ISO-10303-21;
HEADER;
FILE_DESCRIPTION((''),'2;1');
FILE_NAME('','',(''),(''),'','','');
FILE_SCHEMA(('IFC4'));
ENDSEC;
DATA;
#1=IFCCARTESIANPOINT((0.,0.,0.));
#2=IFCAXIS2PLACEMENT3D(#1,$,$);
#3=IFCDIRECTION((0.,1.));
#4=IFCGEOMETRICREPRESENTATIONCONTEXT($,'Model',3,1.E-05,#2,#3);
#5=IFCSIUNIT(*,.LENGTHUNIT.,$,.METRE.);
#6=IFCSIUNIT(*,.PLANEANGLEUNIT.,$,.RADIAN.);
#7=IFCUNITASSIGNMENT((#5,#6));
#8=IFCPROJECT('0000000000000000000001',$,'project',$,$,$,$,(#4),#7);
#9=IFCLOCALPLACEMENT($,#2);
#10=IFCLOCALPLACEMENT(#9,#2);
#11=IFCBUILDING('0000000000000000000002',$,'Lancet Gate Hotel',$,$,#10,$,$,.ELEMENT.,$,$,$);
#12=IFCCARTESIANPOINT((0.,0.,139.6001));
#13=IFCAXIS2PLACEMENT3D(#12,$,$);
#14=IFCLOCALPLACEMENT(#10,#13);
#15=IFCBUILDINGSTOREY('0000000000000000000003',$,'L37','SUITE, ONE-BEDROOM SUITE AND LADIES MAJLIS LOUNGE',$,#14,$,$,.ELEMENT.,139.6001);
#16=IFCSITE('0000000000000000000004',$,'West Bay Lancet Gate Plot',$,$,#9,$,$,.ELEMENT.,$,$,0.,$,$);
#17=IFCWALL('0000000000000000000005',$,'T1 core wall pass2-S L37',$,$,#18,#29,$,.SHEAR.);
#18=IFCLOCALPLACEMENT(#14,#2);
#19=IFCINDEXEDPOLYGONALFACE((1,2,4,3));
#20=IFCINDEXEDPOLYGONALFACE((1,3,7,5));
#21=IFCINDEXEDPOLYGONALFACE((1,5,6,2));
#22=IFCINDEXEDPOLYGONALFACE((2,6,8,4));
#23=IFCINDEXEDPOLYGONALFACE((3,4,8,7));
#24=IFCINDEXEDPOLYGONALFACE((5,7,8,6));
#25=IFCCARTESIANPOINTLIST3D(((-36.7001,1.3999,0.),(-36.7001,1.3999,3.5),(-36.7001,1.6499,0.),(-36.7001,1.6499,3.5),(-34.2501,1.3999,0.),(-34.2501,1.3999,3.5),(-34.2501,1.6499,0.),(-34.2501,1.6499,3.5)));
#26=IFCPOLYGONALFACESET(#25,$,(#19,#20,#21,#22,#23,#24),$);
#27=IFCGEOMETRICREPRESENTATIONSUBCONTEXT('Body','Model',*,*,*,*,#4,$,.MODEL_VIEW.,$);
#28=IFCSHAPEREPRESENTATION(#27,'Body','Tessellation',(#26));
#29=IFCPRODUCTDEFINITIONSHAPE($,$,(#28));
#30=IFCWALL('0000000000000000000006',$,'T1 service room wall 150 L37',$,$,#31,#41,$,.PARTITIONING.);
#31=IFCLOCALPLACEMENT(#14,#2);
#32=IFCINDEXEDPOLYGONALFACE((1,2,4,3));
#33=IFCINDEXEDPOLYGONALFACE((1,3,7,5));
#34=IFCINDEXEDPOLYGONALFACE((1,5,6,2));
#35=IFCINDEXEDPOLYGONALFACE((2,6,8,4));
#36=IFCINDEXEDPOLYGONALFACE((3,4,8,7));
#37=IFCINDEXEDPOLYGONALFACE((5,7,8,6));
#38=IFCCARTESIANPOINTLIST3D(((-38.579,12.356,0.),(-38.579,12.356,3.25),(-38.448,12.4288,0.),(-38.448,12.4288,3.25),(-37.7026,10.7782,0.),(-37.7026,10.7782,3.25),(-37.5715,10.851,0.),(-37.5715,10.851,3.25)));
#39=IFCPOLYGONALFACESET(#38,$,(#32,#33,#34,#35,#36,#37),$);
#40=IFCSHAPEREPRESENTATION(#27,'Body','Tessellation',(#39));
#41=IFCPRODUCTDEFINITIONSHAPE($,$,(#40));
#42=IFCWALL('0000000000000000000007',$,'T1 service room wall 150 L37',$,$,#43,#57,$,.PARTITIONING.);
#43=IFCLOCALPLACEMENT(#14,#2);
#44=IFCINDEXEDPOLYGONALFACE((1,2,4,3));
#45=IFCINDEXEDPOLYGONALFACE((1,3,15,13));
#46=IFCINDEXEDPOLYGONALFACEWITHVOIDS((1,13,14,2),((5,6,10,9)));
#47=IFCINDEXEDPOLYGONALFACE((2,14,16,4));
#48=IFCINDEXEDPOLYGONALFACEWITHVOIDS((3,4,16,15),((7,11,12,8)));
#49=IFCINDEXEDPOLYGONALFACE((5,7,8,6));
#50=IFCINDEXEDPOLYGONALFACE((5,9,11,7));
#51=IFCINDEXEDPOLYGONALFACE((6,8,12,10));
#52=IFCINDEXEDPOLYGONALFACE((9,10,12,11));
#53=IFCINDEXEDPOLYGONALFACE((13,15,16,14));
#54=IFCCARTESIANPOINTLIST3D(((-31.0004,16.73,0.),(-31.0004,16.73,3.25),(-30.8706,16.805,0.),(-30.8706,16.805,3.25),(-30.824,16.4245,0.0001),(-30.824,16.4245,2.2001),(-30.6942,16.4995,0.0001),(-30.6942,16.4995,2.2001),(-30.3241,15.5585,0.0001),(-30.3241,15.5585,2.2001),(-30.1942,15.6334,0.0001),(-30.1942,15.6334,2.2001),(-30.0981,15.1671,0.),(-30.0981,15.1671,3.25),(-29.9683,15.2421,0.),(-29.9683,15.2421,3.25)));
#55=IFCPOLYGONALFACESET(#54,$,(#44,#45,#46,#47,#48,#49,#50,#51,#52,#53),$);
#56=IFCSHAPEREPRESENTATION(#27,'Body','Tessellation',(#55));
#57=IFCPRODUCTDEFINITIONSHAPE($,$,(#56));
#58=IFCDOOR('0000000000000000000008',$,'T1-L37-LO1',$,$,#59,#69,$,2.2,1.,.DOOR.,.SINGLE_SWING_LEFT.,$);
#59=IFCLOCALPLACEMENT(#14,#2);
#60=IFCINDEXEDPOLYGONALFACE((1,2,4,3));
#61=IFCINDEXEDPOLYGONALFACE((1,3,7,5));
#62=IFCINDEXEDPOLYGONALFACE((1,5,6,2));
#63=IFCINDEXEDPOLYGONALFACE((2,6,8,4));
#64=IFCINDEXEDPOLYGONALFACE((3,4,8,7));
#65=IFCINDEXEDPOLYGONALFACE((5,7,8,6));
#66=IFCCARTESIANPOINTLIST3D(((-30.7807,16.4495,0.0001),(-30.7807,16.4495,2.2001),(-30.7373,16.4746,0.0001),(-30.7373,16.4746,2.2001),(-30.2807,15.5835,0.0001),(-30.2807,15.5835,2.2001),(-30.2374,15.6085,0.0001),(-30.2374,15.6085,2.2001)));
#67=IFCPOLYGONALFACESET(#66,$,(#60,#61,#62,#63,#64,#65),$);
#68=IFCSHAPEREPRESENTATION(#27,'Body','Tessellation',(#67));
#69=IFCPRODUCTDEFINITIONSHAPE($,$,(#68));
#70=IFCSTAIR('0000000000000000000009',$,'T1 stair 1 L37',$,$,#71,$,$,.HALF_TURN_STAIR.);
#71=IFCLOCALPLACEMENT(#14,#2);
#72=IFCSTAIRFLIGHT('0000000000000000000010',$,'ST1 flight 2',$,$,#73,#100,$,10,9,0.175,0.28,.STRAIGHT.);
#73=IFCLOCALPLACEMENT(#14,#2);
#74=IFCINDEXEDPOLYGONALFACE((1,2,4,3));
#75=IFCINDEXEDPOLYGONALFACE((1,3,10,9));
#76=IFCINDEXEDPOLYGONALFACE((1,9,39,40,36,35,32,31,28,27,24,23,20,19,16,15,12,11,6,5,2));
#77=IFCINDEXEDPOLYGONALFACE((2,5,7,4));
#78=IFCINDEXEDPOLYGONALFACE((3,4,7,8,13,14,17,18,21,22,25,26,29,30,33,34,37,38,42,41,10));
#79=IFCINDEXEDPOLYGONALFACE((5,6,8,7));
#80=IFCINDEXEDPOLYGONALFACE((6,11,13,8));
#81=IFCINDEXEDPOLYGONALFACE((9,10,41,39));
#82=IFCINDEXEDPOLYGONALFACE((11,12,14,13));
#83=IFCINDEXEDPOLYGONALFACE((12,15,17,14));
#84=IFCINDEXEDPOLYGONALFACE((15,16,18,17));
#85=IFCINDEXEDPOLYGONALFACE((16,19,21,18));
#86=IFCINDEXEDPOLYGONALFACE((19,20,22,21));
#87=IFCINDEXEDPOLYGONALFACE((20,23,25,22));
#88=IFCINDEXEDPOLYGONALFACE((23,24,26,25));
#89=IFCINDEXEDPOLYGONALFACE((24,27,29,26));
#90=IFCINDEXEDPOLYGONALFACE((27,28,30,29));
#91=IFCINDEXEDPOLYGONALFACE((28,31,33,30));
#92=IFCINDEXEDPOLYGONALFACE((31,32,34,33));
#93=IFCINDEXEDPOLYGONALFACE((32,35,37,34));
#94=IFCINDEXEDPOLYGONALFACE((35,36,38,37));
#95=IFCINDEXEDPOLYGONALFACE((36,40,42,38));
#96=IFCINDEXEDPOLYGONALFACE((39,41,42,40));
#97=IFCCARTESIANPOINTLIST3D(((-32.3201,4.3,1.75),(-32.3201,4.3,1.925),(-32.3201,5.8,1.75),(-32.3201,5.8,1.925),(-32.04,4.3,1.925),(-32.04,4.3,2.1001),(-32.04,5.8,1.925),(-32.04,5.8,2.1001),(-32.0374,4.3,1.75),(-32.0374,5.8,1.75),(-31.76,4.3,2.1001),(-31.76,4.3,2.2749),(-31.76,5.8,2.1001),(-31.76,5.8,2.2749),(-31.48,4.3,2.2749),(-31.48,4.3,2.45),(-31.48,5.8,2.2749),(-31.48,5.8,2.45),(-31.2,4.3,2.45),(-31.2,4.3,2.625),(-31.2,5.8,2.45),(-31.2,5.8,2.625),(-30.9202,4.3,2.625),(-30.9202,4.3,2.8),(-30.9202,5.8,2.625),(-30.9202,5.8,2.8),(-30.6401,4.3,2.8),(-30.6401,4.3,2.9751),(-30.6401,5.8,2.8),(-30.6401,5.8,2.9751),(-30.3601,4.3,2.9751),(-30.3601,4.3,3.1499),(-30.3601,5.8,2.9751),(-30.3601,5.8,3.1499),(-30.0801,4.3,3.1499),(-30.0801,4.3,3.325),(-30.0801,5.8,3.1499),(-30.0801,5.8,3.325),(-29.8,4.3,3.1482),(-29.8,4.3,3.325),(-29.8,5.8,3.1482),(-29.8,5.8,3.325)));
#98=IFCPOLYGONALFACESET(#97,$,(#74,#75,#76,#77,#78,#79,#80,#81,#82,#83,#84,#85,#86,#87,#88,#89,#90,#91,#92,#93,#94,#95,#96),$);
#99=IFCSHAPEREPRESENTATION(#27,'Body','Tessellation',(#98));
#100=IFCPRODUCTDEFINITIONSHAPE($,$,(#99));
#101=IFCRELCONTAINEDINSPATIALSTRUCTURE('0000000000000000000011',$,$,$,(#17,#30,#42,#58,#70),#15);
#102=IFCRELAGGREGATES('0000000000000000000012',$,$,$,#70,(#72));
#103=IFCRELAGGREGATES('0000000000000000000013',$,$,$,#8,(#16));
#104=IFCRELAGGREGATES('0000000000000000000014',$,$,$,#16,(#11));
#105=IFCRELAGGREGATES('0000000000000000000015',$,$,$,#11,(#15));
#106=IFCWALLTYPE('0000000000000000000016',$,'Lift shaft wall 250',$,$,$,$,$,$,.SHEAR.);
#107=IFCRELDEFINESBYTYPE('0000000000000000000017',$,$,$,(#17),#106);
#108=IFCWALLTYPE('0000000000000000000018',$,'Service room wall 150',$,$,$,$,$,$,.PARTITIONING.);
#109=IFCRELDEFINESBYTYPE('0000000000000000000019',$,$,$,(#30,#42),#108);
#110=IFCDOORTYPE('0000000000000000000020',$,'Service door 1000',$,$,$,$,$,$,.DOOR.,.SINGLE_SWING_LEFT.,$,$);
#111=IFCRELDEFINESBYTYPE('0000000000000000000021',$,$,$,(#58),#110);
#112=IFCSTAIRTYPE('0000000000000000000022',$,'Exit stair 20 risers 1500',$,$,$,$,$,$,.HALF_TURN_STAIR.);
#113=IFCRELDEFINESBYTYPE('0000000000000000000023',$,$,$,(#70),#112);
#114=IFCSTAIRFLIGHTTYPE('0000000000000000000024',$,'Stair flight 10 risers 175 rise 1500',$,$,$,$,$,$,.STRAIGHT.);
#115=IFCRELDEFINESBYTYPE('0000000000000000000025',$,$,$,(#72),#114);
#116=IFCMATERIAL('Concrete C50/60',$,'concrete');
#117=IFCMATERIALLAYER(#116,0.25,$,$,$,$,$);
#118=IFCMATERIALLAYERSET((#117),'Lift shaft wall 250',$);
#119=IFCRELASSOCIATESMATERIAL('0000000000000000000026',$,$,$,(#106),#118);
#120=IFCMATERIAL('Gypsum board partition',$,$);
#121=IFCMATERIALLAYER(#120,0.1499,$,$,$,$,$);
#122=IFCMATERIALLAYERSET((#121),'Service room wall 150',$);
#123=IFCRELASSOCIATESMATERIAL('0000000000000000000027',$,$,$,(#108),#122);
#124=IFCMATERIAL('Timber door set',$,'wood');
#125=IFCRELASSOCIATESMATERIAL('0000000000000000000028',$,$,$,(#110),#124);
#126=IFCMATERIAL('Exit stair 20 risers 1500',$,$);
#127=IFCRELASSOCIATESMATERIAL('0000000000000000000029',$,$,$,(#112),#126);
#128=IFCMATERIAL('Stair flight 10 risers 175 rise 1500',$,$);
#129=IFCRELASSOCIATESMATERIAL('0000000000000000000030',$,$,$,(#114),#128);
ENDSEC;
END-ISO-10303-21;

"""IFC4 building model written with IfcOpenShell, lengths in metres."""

from ifc_helpers import new_model, si_unit, direction, frame, frame_2d, origin, place, context, subcontext, project, spatial, polyline, rectangle, outline, extrude, material, layer, layer_set, type_object, element, fill, aggregate, save


model = new_model("IFC4")

# Units and contexts
model_context = context("Model", 3, precision=1e-05, world=origin(), true_north=direction((0.0, 1.0)))
body_context = subcontext(model_context, "Body", "Model", "MODEL_VIEW")
ifc_project = project(units=[si_unit("LENGTHUNIT", "METRE"), si_unit("PLANEANGLEUNIT", "RADIAN")], contexts=[model_context])

# Site, building, storey
site_placement = place(None, origin())
site = spatial("IfcSite", under=ifc_project, at=site_placement, Name="West Bay Lancet Gate Plot", CompositionType="ELEMENT", RefElevation=0.0)
building_placement = place(site_placement, origin())
building = spatial("IfcBuilding", under=site, at=building_placement, Name="Lancet Gate Hotel", CompositionType="ELEMENT")
storey_placement = place(building_placement, frame((0.0, 0.0, 139.6001)))
storey = spatial("IfcBuildingStorey", under=building, at=storey_placement, Name="L37", Description="SUITE, ONE-BEDROOM SUITE AND LADIES MAJLIS LOUNGE", CompositionType="ELEMENT", Elevation=139.6001)

# Shared definitions
ifc_material_1 = material(Name="Concrete C50/60", Category="concrete")
ifc_layer_1 = layer(ifc_material_1, 0.25)
ifc_layer_set_1 = layer_set([ifc_layer_1], Name="Lift shaft wall 250")
wall_type_1 = type_object("IfcWallType", Name="Lift shaft wall 250", PredefinedType="SHEAR", material=ifc_layer_set_1)

# Walls
wall_1_placement = place(storey_placement, frame((-34.25, 1.5249, 0.0), z_axis=(0.0, 0.0, 1.0), x_axis=(-1.0, 0.0, 0.0)))
element("IfcWall", 1, at=wall_1_placement, inside=storey, type_object=wall_type_1, Name="T1 core wall pass2-S L37", PredefinedType="SHEAR", context=body_context, shape_type="SweptSolid", body=[
    extrude(rectangle(XDim=2.45, YDim=0.25, at=frame_2d((1.2251, 0.0))), origin(), (0.0, 0.0, 1.0), 3.5),
])
ifc_material_2 = material(Name="Gypsum board partition")
ifc_layer_2 = layer(ifc_material_2, 0.1499)
ifc_layer_set_2 = layer_set([ifc_layer_2], Name="Service room wall 150")
wall_type_2 = type_object("IfcWallType", Name="Service room wall 150", PredefinedType="PARTITIONING", material=ifc_layer_set_2)
wall_2_placement = place(storey_placement, frame((-38.5134, 12.3923, 0.0), z_axis=(0.0, 0.0, 1.0), x_axis=(0.485586, -0.874189, 0.0)))
element("IfcWall", 2, at=wall_2_placement, inside=storey, type_object=wall_type_2, Name="T1 service room wall 150 L37", PredefinedType="PARTITIONING", context=body_context, shape_type="SweptSolid", body=[
    extrude(rectangle(XDim=1.8049, YDim=0.1499, at=frame_2d((0.9023, 0.0))), origin(), (0.0, 0.0, 1.0), 3.25),
])

# Wall, opening, door
wall_3_placement = place(storey_placement, frame((-30.0332, 15.2046, 0.0), z_axis=(0.0, 0.0, 1.0), x_axis=(-0.49998, 0.866037, 0.0)))
wall_3 = element("IfcWall", 3, at=wall_3_placement, inside=storey, type_object=wall_type_2, Name="T1 service room wall 150 L37", PredefinedType="PARTITIONING", context=body_context, shape_type="SweptSolid", body=[
    extrude(rectangle(XDim=1.8047, YDim=0.1499, at=frame_2d((0.9023, 0.0))), origin(), (0.0, 0.0, 1.0), 3.25),
])
opening_1_placement = place(wall_3_placement, frame((0.4519, 0.0, 0.0)))
opening_1 = element("IfcOpeningElement", 4, at=opening_1_placement, cuts=wall_3, PredefinedType="OPENING", context=body_context, shape_type="SweptSolid", body=[
    extrude(rectangle(XDim=1.0, YDim=2.2, at=frame_2d((0.5, 1.1001))), frame((0.0, 0.085, 0.0), z_axis=(0.0, -1.0, 0.0), x_axis=(1.0, 0.0, 0.0)), (0.0, 0.0, 1.0), 0.1699),
])
ifc_material_3 = material(Name="Timber door set", Category="wood")
door_type_1 = type_object("IfcDoorType", Name="Service door 1000", OperationType="SINGLE_SWING_LEFT", PredefinedType="DOOR", material=ifc_material_3)
door_1_placement = place(opening_1_placement, origin())
door_1 = element("IfcDoor", 5, at=door_1_placement, inside=storey, type_object=door_type_1, Name="T1-L37-LO1", OperationType="SINGLE_SWING_LEFT", OverallHeight=2.2, OverallWidth=1.0, PredefinedType="DOOR", context=body_context, shape_type="SweptSolid", body=[
    extrude(rectangle(XDim=1.0, YDim=2.2, at=frame_2d((0.5, 1.1001))), frame((0.0, 0.0249, 0.0), z_axis=(0.0, -1.0, 0.0), x_axis=(1.0, 0.0, 0.0)), (0.0, 0.0, 1.0), 0.05),
])
fill(opening_1, door_1)

# Stair, stair flight
ifc_material_4 = material(Name="Exit stair 20 risers 1500")
stair_type = type_object("IfcStairType", Name="Exit stair 20 risers 1500", PredefinedType="HALF_TURN_STAIR", material=ifc_material_4)
stair_placement = place(storey_placement, origin())
stair = element("IfcStair", 6, at=stair_placement, inside=storey, type_object=stair_type, Name="T1 stair 1 L37", PredefinedType="HALF_TURN_STAIR")
ifc_material_5 = material(Name="Stair flight 10 risers 175 rise 1500")
stair_flight_type = type_object("IfcStairFlightType", Name="Stair flight 10 risers 175 rise 1500", PredefinedType="STRAIGHT", material=ifc_material_5)
stair_flight_placement = place(storey_placement, frame((-32.3201, 5.05, 1.75), z_axis=(0.0, 0.0, 1.0), x_axis=(1.0, 0.0, 0.0)))
stair_flight = element("IfcStairFlight", 7, at=stair_flight_placement, type_object=stair_flight_type, Name="ST1 flight 2", NumberOfRisers=10, NumberOfTreads=9, PredefinedType="STRAIGHT", RiserHeight=0.175, TreadLength=0.28, context=body_context, shape_type="SweptSolid", body=[
    extrude(outline(polyline([(0.0, 0.0), (0.0, 0.175), (0.28, 0.175), (0.28, 0.3501), (0.5601, 0.3501), (0.5601, 0.5249), (0.8401, 0.5249), (0.8401, 0.7), (1.1201, 0.7), (1.1201, 0.875), (1.3999, 0.875), (1.3999, 1.05), (1.6799, 1.05), (1.6799, 1.2251), (1.96, 1.2251), (1.96, 1.3999), (2.24, 1.3999), (2.24, 1.575), (2.52, 1.575), (2.52, 1.75), (2.52, 1.3982), (0.2827, 0.0), (0.0, 0.0)])), frame((0.0, 0.75, 0.0), z_axis=(0.0, -1.0, 0.0), x_axis=(1.0, 0.0, 0.0)), (0.0, 0.0, 1.0), 1.5),
])
aggregate(stair, [stair_flight])

save(model, "model.ifc")
